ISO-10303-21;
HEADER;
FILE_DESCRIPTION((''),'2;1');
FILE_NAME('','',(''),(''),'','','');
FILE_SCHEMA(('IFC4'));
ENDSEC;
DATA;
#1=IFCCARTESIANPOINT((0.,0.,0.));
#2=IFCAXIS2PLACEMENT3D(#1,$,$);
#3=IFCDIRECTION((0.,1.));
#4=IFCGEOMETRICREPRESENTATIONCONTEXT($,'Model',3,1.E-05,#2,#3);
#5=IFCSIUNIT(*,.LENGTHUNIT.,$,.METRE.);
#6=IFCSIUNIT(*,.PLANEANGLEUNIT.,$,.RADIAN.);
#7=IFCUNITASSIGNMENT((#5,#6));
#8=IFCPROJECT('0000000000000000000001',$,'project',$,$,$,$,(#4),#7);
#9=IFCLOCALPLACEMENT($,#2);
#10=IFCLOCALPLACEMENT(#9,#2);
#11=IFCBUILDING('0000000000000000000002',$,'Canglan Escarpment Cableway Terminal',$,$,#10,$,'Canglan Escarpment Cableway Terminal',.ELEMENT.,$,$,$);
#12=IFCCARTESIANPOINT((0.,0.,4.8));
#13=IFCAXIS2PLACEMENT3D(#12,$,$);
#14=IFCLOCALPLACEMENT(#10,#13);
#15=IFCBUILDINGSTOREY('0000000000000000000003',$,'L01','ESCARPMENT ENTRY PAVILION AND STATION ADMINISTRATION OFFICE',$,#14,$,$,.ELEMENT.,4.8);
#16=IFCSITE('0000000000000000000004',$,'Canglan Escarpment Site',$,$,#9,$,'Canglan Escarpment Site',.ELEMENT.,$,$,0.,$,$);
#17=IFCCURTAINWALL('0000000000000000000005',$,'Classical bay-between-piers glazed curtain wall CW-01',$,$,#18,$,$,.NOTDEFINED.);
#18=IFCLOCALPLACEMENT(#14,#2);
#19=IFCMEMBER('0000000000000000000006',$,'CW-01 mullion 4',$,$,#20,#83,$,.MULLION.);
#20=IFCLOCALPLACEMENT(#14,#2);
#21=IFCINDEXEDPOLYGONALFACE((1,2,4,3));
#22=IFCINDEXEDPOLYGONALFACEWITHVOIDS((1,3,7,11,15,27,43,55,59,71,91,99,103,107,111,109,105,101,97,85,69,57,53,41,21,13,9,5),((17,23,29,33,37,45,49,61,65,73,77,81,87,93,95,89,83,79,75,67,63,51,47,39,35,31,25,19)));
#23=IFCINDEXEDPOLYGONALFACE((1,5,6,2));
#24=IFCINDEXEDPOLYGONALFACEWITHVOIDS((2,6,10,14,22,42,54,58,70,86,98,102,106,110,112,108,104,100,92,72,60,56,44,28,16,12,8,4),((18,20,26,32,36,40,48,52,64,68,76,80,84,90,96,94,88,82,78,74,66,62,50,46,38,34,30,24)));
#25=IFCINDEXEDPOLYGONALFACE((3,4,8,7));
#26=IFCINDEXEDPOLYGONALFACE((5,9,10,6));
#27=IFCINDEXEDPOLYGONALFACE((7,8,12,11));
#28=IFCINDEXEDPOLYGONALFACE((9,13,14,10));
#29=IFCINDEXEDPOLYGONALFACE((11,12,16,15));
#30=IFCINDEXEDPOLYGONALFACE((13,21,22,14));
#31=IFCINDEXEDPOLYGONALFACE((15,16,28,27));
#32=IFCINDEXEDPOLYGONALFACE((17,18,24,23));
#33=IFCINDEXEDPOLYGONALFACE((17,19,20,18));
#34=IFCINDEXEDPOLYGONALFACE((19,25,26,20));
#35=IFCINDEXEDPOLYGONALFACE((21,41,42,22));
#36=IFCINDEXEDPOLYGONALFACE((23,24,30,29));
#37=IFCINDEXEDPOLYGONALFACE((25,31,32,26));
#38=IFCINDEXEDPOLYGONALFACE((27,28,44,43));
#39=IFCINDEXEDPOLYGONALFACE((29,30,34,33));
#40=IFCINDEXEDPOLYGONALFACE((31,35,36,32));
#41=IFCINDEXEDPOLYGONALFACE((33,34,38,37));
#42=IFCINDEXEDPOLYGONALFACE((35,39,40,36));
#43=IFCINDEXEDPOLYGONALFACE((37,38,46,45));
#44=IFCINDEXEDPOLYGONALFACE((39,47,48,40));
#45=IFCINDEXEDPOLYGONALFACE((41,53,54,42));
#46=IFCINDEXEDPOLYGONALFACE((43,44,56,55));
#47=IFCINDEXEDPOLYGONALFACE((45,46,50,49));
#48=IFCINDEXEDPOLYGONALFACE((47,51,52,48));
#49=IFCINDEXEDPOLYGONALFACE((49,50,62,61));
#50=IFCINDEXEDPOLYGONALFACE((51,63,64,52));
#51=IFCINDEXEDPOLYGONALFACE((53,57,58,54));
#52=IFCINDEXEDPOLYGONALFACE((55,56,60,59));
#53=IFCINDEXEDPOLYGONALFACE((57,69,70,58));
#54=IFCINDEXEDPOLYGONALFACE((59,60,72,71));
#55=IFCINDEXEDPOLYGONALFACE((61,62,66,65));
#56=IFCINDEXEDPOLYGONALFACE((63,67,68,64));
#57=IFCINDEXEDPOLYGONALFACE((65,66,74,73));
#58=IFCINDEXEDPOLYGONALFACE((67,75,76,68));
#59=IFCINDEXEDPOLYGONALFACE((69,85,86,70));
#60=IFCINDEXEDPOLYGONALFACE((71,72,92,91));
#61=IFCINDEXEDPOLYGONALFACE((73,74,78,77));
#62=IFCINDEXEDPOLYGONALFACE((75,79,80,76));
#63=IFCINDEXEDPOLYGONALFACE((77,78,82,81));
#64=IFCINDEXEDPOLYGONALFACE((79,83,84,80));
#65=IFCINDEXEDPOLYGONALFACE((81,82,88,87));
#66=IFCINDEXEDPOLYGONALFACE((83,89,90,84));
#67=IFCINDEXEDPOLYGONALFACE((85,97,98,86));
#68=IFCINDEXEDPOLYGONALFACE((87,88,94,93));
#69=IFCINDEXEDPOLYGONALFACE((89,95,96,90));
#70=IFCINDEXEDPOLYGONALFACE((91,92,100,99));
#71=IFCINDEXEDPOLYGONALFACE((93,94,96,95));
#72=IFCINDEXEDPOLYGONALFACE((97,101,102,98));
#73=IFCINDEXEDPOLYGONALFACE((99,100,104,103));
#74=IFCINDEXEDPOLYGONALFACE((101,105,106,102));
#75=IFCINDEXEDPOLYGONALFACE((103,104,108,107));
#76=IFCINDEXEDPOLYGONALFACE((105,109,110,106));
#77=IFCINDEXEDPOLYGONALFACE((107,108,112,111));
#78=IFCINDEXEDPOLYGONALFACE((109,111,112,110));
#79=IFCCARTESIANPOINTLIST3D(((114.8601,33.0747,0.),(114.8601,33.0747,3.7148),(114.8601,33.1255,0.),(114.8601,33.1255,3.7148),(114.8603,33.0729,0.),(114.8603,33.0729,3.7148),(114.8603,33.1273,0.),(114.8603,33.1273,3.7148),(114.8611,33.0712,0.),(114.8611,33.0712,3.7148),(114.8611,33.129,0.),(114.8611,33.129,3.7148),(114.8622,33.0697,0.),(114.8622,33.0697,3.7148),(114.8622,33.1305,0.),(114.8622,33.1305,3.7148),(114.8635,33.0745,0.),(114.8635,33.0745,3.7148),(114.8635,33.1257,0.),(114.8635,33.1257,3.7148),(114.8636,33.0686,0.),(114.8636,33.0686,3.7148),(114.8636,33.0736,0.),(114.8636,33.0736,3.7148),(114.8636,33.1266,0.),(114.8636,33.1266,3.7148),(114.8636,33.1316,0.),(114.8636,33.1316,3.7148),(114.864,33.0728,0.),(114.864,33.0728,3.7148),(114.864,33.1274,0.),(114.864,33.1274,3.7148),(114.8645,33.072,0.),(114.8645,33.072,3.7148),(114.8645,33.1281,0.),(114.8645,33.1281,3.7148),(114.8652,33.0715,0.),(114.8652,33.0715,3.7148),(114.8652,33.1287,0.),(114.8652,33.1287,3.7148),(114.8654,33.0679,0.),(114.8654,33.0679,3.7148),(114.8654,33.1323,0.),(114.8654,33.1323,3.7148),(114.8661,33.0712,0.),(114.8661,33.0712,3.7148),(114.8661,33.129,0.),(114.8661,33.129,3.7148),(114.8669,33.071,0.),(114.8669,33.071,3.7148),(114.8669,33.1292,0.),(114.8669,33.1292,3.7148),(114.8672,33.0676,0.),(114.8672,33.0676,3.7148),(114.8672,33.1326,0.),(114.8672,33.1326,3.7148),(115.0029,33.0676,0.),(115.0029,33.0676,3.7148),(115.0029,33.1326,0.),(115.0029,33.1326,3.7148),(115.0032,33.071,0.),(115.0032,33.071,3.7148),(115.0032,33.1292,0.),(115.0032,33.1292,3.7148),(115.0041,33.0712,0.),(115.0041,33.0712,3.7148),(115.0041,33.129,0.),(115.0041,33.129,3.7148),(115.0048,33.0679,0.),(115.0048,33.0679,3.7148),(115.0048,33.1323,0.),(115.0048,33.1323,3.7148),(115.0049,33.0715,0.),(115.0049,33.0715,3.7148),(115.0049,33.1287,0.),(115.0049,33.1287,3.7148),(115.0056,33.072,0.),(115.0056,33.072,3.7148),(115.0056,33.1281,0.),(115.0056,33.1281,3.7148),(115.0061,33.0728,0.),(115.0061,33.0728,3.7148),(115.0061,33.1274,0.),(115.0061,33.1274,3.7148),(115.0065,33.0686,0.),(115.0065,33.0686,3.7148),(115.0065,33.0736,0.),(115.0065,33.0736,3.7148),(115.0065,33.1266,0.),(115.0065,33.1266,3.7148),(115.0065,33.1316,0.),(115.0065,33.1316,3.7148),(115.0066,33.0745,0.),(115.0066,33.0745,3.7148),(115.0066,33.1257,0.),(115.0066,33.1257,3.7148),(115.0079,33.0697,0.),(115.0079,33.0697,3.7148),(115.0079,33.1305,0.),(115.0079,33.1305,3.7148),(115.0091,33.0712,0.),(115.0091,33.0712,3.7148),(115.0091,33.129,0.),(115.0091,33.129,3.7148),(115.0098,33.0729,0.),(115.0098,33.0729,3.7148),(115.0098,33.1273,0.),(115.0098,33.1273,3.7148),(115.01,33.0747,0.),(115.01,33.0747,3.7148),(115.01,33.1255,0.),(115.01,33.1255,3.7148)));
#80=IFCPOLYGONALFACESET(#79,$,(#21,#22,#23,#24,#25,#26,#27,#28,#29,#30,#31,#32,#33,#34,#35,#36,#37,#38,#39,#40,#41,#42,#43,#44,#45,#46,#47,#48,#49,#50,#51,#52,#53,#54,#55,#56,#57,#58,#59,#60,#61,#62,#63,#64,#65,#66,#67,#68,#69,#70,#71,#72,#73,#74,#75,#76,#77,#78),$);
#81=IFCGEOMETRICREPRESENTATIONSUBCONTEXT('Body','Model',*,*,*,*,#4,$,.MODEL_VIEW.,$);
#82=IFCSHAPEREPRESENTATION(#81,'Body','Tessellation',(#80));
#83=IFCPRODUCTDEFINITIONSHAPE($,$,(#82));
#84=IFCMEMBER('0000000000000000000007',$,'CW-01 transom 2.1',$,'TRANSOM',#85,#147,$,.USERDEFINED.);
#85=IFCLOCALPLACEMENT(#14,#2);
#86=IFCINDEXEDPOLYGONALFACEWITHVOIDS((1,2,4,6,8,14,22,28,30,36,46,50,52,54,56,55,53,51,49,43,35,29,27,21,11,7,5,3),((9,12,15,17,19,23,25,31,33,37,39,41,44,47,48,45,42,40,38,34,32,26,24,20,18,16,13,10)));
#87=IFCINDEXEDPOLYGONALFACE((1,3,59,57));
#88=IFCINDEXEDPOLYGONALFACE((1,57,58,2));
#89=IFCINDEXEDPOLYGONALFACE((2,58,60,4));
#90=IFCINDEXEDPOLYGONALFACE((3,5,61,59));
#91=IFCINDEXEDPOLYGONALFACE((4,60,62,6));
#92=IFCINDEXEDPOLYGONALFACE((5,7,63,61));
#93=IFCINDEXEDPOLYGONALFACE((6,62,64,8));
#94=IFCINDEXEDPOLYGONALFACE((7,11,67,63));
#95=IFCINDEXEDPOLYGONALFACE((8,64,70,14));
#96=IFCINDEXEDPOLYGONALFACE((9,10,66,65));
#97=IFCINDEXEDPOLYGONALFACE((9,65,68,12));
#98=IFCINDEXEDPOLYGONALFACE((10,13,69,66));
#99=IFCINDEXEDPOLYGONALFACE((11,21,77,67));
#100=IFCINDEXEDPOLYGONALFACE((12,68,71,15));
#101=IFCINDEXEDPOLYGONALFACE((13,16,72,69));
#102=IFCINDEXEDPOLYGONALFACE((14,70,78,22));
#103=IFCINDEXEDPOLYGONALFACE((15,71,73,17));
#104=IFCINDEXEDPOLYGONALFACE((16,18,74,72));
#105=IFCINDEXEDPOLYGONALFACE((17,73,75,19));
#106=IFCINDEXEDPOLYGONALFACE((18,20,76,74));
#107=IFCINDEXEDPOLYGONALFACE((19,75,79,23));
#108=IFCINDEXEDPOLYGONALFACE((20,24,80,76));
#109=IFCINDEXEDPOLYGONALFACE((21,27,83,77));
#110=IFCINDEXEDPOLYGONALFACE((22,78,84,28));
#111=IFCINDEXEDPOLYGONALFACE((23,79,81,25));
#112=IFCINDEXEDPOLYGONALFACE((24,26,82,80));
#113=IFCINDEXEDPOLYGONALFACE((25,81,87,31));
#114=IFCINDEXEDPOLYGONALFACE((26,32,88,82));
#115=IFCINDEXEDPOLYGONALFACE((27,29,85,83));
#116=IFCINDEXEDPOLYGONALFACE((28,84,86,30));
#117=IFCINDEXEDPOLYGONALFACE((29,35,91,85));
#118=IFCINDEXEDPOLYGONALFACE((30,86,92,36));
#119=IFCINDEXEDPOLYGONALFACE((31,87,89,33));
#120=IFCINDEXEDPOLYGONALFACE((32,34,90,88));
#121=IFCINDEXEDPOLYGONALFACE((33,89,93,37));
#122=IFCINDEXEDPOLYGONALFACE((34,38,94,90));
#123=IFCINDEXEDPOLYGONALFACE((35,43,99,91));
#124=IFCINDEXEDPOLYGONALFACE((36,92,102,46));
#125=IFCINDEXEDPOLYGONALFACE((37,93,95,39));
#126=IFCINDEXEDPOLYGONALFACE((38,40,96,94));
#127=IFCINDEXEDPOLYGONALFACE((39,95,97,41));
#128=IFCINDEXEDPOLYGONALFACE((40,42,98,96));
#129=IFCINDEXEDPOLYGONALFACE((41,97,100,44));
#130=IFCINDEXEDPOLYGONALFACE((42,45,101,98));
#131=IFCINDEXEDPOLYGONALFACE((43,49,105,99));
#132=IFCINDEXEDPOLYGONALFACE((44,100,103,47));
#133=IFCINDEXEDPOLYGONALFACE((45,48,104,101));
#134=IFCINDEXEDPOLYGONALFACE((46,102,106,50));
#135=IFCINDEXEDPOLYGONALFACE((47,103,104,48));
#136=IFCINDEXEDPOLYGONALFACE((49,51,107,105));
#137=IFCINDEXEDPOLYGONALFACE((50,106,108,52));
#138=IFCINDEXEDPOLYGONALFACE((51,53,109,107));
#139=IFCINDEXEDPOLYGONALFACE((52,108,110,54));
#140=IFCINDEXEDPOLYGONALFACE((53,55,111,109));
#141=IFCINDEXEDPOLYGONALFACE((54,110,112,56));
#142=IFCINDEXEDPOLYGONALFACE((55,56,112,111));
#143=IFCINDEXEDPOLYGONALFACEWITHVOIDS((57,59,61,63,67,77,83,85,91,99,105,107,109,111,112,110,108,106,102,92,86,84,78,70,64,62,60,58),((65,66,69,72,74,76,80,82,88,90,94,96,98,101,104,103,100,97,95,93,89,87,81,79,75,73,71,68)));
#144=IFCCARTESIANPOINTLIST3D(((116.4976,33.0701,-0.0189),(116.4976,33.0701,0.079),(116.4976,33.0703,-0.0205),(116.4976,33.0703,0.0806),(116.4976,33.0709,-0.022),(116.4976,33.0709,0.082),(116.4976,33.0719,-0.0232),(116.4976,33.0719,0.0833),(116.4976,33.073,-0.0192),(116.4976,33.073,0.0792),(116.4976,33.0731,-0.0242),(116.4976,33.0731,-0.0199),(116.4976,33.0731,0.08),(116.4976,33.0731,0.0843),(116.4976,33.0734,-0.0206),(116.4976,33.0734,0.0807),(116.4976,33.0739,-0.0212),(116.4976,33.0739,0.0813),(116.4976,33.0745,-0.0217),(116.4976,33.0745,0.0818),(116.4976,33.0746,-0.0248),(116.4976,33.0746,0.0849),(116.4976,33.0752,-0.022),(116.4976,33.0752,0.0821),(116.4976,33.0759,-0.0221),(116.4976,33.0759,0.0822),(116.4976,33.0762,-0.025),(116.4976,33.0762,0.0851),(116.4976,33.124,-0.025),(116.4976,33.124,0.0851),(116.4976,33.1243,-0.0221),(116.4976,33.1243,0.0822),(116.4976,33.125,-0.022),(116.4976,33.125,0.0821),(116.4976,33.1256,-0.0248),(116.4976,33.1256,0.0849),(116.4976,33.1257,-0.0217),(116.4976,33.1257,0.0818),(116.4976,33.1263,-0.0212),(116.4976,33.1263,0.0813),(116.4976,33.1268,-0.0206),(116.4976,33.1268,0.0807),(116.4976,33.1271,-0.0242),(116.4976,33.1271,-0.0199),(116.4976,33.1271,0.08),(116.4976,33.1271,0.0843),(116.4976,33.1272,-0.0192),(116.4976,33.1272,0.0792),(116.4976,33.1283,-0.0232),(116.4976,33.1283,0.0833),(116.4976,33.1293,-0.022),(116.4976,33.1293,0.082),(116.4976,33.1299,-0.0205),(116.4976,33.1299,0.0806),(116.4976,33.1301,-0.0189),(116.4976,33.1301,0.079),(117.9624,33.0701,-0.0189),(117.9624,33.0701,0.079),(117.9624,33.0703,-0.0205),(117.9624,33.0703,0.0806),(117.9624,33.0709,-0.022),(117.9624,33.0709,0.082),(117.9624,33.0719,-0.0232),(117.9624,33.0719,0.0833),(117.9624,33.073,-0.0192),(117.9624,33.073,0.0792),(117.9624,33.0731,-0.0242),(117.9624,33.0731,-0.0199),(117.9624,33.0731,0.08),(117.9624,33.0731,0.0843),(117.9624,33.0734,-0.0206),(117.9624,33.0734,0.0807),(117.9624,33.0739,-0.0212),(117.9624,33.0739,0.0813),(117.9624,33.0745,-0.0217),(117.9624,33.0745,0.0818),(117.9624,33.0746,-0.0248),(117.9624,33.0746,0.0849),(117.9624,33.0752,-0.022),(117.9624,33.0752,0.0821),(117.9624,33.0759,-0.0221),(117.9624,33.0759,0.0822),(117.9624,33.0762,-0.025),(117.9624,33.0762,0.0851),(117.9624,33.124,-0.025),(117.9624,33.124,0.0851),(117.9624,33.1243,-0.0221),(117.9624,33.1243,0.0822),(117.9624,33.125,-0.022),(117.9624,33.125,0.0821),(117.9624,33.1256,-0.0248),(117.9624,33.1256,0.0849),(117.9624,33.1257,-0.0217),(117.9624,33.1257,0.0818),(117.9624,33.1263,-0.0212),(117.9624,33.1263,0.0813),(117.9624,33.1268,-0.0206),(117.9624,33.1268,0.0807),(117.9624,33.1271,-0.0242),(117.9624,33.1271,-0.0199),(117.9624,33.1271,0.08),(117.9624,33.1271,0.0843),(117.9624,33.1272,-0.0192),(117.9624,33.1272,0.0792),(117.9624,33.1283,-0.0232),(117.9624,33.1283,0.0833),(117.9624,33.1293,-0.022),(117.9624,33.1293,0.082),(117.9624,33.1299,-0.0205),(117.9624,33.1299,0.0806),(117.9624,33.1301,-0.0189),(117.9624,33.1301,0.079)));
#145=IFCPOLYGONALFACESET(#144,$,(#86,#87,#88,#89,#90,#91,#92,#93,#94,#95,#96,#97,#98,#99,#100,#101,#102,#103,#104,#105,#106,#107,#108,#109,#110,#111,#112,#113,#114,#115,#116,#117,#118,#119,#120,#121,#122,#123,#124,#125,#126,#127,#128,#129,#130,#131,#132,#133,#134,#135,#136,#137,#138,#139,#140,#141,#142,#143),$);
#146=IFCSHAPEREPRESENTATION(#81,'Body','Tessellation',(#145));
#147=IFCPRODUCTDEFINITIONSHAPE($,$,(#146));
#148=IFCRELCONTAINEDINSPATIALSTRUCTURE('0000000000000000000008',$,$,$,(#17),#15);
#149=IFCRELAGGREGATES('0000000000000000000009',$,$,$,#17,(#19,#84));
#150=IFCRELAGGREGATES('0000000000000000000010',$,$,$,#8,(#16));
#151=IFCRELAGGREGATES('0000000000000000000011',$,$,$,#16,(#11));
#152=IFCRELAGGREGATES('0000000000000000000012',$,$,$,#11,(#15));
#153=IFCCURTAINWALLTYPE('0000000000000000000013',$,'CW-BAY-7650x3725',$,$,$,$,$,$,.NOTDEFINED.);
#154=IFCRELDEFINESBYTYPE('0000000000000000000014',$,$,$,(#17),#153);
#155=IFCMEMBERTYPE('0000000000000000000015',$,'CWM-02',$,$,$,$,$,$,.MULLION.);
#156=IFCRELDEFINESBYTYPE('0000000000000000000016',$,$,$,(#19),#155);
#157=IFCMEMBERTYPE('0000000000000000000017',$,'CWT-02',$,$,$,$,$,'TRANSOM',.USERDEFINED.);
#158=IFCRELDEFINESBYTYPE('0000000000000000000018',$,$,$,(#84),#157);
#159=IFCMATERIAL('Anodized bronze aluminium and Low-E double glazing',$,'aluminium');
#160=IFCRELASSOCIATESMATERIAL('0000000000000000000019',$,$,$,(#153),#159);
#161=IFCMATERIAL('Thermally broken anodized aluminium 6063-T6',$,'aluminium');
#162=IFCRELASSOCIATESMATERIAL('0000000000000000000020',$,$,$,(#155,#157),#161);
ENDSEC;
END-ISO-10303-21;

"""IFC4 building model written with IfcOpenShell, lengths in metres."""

from ifc_helpers import new_model, si_unit, direction, frame, origin, origin_2d, place, context, subcontext, project, spatial, hollow_rectangle, extrude, material, material_profile, profile_set, type_object, element, aggregate, save


model = new_model("IFC4")

# Units and contexts
model_context = context("Model", 3, precision=1e-05, world=origin(), true_north=direction((0.0, 1.0)))
body_context = subcontext(model_context, "Body", "Model", "MODEL_VIEW")
ifc_project = project(units=[si_unit("LENGTHUNIT", "METRE"), si_unit("PLANEANGLEUNIT", "RADIAN")], contexts=[model_context])

# Site, building, storey
site_placement = place(None, origin())
site = spatial("IfcSite", under=ifc_project, at=site_placement, Name="Canglan Escarpment Site", LongName="Canglan Escarpment Site", CompositionType="ELEMENT", RefElevation=0.0)
building_placement = place(site_placement, origin())
building = spatial("IfcBuilding", under=site, at=building_placement, Name="Canglan Escarpment Cableway Terminal", LongName="Canglan Escarpment Cableway Terminal", CompositionType="ELEMENT")
storey_placement = place(building_placement, frame((0.0, 0.0, 4.8)))
storey = spatial("IfcBuildingStorey", under=building, at=storey_placement, Name="L01", Description="ESCARPMENT ENTRY PAVILION AND STATION ADMINISTRATION OFFICE", CompositionType="ELEMENT", Elevation=4.8)

# Curtain wall, members
ifc_material_1 = material(Name="Anodized bronze aluminium and Low-E double glazing", Category="aluminium")
curtain_wall_type = type_object("IfcCurtainWallType", Name="CW-BAY-7650x3725", PredefinedType="NOTDEFINED", material=ifc_material_1)
curtain_wall_placement = place(storey_placement, origin())
curtain_wall = element("IfcCurtainWall", 1, at=curtain_wall_placement, inside=storey, type_object=curtain_wall_type, Name="Classical bay-between-piers glazed curtain wall CW-01", PredefinedType="NOTDEFINED")
ifc_material_2 = material(Name="Thermally broken anodized aluminium 6063-T6", Category="aluminium")
ifc_material_profile_1 = material_profile(ifc_material_2, hollow_rectangle(XDim=0.0649, YDim=0.1499, WallThickness=0.0034, InnerFilletRadius=0.0034, OuterFilletRadius=0.0071, at=origin_2d()), Name="ALU-MULL 65x150x3.5")
ifc_profile_set_1 = profile_set([ifc_material_profile_1], Name="Thermally broken anodized aluminium 6063-T6")
member_type_1 = type_object("IfcMemberType", Name="CWM-02", PredefinedType="MULLION", material=ifc_profile_set_1)
member_1_placement = place(storey_placement, frame((114.9351, 33.1001, 0.0), z_axis=(0.0, 0.0, 1.0), x_axis=(0.0, -1.0, 0.0)))
member_1 = element("IfcMember", 2, at=member_1_placement, type_object=member_type_1, Name="CW-01 mullion 4", PredefinedType="MULLION", context=body_context, shape_type="SweptSolid", body=[
    extrude(hollow_rectangle(XDim=0.0649, YDim=0.1499, WallThickness=0.0034, InnerFilletRadius=0.0034, OuterFilletRadius=0.0071, at=origin_2d()), origin(), (0.0, 0.0, 1.0), 3.7148),
])
ifc_material_profile_2 = material_profile(ifc_material_2, hollow_rectangle(XDim=0.0601, YDim=0.1101, WallThickness=0.0029, InnerFilletRadius=0.0029, OuterFilletRadius=0.0061, at=origin_2d()), Name="ALU-TRAN 60x110x3")
ifc_profile_set_2 = profile_set([ifc_material_profile_2], Name="Thermally broken anodized aluminium 6063-T6")
member_type_2 = type_object("IfcMemberType", Name="CWT-02", ElementType="TRANSOM", PredefinedType="USERDEFINED", material=ifc_profile_set_2)
member_2_placement = place(storey_placement, frame((117.9624, 33.1001, 0.03), z_axis=(-1.0, 0.0, 0.0), x_axis=(0.0, -1.0, 0.0)))
member_2 = element("IfcMember", 3, at=member_2_placement, type_object=member_type_2, Name="CW-01 transom 2.1", ObjectType="TRANSOM", PredefinedType="USERDEFINED", context=body_context, shape_type="SweptSolid", body=[
    extrude(hollow_rectangle(XDim=0.0601, YDim=0.1101, WallThickness=0.0029, InnerFilletRadius=0.0029, OuterFilletRadius=0.0061, at=origin_2d()), origin(), (0.0, 0.0, 1.0), 1.4648),
])
aggregate(curtain_wall, [member_1, member_2])

save(model, "model.ifc")
